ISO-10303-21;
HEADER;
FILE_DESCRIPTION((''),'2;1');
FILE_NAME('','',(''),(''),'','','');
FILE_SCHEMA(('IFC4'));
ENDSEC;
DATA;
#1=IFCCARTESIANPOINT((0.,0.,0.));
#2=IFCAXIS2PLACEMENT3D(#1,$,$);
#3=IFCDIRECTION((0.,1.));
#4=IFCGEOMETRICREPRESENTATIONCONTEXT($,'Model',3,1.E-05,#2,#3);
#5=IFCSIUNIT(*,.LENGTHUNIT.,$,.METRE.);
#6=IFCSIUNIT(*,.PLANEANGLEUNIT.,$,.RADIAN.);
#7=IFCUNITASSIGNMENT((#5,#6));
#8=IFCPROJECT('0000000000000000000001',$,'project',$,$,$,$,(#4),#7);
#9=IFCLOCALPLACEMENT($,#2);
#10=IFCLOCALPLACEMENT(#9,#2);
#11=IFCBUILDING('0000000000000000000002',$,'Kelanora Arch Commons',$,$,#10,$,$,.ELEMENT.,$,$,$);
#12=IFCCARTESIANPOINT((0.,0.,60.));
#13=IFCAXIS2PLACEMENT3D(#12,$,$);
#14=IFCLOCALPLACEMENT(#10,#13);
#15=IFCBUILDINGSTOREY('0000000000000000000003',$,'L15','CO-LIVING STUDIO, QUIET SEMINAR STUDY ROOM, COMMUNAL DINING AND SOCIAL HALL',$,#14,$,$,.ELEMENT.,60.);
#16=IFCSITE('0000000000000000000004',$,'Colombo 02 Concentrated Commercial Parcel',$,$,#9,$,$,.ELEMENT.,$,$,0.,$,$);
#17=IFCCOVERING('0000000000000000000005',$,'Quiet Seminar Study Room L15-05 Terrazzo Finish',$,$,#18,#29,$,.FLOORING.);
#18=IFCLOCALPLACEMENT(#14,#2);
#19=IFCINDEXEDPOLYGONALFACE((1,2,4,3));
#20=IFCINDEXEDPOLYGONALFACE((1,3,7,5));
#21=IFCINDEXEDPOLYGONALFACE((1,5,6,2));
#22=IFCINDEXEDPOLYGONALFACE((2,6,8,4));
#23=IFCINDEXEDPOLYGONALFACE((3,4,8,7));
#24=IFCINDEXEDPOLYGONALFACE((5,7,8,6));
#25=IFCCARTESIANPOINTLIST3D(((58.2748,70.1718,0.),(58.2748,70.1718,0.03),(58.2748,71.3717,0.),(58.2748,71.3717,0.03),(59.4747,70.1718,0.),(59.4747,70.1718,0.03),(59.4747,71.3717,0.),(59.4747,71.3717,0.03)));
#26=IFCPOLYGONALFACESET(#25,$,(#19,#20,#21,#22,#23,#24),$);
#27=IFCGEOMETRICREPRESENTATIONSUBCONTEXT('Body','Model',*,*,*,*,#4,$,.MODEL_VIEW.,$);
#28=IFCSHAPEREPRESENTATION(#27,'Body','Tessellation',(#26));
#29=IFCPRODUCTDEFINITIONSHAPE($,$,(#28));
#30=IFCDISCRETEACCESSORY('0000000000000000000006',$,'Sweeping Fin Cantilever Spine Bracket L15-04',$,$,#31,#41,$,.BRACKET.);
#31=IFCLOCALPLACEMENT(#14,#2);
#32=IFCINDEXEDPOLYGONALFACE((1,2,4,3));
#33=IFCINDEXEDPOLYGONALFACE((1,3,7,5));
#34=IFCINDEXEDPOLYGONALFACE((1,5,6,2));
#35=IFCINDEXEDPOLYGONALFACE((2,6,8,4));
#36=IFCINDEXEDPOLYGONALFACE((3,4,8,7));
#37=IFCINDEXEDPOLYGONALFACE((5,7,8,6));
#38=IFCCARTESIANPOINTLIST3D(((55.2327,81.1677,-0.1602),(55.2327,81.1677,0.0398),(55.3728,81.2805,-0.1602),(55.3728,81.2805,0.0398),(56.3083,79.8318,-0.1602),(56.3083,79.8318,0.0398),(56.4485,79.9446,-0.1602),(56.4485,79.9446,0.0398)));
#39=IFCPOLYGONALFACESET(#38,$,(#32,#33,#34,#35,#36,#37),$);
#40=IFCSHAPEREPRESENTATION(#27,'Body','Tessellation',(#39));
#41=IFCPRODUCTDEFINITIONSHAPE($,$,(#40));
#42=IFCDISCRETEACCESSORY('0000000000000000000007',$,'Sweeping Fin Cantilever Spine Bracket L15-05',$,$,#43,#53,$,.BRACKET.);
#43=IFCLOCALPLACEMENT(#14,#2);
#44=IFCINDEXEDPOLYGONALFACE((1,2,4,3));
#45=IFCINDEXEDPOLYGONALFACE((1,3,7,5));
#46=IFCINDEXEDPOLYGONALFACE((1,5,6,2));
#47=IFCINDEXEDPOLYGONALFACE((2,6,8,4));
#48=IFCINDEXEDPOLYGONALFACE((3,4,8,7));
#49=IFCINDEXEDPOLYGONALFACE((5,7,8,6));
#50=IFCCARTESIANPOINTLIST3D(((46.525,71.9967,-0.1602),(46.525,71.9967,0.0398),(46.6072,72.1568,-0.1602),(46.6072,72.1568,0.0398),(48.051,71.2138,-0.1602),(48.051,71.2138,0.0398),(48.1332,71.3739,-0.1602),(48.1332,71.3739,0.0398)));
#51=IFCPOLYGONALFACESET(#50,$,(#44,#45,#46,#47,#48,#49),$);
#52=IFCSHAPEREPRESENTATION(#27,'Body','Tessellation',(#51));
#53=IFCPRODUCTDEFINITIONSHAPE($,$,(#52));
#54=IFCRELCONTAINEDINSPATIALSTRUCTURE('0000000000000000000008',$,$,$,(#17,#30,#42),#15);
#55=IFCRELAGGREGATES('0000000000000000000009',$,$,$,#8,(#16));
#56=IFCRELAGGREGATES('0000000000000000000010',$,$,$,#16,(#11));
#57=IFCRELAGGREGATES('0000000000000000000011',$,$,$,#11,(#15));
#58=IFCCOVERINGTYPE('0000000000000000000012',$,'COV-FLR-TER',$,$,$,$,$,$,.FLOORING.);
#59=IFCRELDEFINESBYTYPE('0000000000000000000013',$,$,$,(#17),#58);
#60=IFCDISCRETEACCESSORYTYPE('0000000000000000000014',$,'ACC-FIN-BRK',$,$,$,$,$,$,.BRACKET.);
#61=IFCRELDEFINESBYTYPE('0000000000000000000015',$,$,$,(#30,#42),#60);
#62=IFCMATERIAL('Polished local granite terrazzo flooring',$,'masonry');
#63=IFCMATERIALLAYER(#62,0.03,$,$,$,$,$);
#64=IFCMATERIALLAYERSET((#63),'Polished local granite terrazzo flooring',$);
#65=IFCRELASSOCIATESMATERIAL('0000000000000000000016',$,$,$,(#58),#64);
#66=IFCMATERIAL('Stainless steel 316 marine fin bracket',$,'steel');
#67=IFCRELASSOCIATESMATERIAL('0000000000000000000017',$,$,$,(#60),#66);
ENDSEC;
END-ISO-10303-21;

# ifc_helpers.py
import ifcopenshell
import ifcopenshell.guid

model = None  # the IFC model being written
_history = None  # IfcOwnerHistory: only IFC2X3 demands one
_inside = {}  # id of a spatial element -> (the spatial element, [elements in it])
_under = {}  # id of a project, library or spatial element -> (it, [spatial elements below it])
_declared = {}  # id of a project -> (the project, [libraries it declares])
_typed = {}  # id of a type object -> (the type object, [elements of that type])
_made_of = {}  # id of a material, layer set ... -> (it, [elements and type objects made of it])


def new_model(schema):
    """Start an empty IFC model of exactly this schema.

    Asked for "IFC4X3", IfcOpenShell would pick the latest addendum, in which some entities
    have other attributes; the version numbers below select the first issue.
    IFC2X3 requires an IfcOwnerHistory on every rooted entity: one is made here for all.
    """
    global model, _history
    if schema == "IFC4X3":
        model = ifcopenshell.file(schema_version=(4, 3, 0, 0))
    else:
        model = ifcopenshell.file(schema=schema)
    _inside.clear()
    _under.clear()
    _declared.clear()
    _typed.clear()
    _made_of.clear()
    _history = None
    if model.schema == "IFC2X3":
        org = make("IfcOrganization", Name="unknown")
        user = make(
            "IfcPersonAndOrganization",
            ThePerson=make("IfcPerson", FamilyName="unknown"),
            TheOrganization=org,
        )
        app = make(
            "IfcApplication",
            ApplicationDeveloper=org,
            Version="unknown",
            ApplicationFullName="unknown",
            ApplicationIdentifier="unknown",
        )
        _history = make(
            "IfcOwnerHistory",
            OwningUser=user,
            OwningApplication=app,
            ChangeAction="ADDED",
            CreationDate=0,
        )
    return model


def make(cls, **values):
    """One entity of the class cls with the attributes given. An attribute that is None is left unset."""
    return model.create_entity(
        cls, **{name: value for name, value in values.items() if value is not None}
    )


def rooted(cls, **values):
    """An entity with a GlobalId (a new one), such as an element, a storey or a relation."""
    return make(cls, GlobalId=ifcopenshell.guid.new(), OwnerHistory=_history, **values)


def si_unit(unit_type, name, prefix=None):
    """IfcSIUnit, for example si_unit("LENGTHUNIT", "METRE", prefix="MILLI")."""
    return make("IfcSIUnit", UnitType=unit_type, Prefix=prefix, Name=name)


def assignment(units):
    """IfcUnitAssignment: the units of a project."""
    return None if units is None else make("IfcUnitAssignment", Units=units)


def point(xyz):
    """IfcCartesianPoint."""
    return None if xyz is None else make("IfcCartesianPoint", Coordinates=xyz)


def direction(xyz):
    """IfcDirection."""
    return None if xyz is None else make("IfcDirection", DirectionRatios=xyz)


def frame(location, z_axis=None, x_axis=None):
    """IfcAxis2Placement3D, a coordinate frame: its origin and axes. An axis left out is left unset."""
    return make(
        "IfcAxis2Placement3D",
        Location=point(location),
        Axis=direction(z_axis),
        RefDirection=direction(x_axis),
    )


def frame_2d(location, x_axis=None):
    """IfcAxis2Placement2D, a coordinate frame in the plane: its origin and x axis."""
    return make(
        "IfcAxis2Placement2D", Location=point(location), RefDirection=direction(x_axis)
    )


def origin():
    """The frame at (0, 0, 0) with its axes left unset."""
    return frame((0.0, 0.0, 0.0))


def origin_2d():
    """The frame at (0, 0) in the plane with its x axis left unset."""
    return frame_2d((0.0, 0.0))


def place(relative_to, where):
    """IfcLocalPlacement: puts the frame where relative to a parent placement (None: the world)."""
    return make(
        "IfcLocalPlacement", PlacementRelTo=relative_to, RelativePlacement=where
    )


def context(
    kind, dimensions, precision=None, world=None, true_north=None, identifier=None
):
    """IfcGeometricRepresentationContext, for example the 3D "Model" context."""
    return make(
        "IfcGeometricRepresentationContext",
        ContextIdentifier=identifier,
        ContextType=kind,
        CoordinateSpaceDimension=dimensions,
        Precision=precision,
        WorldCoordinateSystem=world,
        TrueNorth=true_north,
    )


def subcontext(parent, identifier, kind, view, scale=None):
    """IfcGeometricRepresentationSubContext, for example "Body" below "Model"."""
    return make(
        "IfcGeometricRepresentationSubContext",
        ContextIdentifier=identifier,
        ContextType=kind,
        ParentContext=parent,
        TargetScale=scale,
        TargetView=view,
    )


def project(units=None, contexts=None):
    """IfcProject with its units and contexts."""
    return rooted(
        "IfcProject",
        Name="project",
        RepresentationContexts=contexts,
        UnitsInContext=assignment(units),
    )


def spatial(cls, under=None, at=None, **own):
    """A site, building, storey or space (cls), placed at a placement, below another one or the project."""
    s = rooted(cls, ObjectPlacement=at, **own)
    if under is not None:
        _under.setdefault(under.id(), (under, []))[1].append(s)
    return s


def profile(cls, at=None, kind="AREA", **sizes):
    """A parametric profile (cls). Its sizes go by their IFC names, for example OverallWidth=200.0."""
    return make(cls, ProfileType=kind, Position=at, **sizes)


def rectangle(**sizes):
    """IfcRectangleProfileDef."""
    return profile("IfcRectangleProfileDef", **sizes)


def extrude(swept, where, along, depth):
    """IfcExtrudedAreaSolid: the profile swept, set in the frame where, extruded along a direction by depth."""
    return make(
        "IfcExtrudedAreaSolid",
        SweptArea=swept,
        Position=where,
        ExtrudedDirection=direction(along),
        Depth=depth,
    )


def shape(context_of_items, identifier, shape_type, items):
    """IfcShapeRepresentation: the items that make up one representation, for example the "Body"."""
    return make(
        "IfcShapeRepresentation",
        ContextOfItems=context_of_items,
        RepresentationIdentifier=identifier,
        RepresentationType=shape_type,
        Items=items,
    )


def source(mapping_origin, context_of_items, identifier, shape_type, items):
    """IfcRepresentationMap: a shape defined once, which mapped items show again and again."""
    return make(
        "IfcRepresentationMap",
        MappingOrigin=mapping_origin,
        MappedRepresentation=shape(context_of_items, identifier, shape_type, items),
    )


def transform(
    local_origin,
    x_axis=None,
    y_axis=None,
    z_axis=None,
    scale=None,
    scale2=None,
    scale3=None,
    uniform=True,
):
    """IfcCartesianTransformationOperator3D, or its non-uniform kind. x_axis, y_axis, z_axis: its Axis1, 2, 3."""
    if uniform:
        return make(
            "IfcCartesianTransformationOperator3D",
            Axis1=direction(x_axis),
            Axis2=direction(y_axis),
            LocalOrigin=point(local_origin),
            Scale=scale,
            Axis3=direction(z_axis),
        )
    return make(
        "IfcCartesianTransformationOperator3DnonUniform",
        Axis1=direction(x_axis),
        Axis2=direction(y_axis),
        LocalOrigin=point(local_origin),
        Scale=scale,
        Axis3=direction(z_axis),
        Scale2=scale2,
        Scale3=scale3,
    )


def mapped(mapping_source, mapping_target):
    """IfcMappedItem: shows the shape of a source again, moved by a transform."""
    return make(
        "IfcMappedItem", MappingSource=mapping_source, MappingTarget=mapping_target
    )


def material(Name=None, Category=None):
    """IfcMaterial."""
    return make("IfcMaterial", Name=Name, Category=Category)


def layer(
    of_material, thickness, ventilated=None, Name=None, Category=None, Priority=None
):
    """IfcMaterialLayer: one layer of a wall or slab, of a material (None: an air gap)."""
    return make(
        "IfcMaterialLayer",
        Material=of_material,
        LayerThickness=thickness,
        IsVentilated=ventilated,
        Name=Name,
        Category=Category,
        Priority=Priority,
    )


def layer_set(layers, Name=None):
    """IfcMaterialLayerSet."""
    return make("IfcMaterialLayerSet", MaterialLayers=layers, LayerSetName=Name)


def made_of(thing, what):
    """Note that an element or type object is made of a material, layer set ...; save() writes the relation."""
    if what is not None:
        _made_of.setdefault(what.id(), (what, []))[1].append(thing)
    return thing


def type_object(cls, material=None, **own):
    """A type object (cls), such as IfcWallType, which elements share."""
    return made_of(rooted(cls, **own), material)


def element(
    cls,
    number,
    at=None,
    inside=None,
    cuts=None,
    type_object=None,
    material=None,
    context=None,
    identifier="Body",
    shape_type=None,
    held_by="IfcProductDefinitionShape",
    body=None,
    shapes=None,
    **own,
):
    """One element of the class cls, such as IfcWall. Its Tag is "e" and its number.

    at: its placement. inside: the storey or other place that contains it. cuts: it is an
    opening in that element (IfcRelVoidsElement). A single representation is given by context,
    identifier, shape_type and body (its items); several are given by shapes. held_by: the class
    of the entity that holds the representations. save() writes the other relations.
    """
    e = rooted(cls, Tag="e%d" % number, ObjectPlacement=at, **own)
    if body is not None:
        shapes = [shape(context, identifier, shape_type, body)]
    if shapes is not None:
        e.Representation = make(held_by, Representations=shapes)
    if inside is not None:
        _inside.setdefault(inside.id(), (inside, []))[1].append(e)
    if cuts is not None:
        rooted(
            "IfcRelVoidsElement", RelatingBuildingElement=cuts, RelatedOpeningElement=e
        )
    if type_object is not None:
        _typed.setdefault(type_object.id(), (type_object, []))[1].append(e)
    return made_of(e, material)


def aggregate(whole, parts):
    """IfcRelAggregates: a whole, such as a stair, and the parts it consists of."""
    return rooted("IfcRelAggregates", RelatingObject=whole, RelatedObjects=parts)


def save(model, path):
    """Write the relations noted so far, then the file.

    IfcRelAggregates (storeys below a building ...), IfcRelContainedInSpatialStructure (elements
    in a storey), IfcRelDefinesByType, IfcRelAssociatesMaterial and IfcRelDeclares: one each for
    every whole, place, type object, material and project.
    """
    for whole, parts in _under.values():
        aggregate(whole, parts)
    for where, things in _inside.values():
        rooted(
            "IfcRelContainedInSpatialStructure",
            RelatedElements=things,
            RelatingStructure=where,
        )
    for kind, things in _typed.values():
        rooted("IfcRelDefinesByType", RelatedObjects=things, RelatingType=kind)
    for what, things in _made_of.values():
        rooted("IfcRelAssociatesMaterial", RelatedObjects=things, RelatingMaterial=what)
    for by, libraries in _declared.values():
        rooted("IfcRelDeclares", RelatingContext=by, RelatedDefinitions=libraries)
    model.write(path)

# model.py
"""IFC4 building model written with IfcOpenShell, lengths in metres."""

from ifc_helpers import new_model, si_unit, direction, frame, origin, origin_2d, place, context, subcontext, project, spatial, rectangle, extrude, source, transform, mapped, material, layer, layer_set, type_object, element, save


model = new_model("IFC4")

# Units and contexts
model_context = context("Model", 3, precision=1e-05, world=origin(), true_north=direction((0.0, 1.0)))
body_context = subcontext(model_context, "Body", "Model", "MODEL_VIEW")
ifc_project = project(units=[si_unit("LENGTHUNIT", "METRE"), si_unit("PLANEANGLEUNIT", "RADIAN")], contexts=[model_context])

# Site, building, storey
site_placement = place(None, origin())
site = spatial("IfcSite", under=ifc_project, at=site_placement, Name="Colombo 02 Concentrated Commercial Parcel", CompositionType="ELEMENT", RefElevation=0.0)
building_placement = place(site_placement, origin())
building = spatial("IfcBuilding", under=site, at=building_placement, Name="Kelanora Arch Commons", CompositionType="ELEMENT")
storey_placement = place(building_placement, frame((0.0, 0.0, 60.0)))
storey = spatial("IfcBuildingStorey", under=building, at=storey_placement, Name="L15", Description="CO-LIVING STUDIO, QUIET SEMINAR STUDY ROOM, COMMUNAL DINING AND SOCIAL HALL", CompositionType="ELEMENT", Elevation=60.0)

# Covering
ifc_material_1 = material(Name="Polished local granite terrazzo flooring", Category="masonry")
ifc_layer_1 = layer(ifc_material_1, 0.03)
ifc_layer_set_1 = layer_set([ifc_layer_1], Name="Polished local granite terrazzo flooring")
covering_type = type_object("IfcCoveringType", Name="COV-FLR-TER", PredefinedType="FLOORING", material=ifc_layer_set_1)
shared_shape_1 = source(origin(), body_context, "Body", "SweptSolid", [
    extrude(rectangle(XDim=1.2, YDim=1.2, at=origin_2d()), origin(), (0.0, 0.0, 1.0), 0.03),
])
covering_placement = place(storey_placement, frame((58.8748, 70.7717, 0.0), z_axis=(0.0, 0.0, 1.0), x_axis=(1.0, 0.0, 0.0)))
element("IfcCovering", 1, at=covering_placement, inside=storey, type_object=covering_type, Name="Quiet Seminar Study Room L15-05 Terrazzo Finish", PredefinedType="FLOORING", context=body_context, shape_type="MappedRepresentation", body=[
    mapped(shared_shape_1, transform((0.0, 0.0, 0.0), scale=1.0)),
])

# Discrete accessories
ifc_material_2 = material(Name="Stainless steel 316 marine fin bracket", Category="steel")
discrete_accessory_type = type_object("IfcDiscreteAccessoryType", Name="ACC-FIN-BRK", PredefinedType="BRACKET", material=ifc_material_2)
shared_shape_2 = source(origin(), body_context, "Body", "SweptSolid", [
    extrude(rectangle(XDim=1.7151, YDim=0.1799, at=origin_2d()), origin(), (0.0, 0.0, 1.0), 0.2),
])
for number, where, z_axis, x_axis, name in (
    (2, (55.8406, 80.5562, -0.1602), (0.0, 0.0, 1.0), (-0.627148, 0.7789, 0.0), "Sweeping Fin Cantilever Spine Bracket L15-04"),
    (3, (47.3291, 71.6853, -0.1602), (0.0, 0.0, 1.0), (-0.889735, 0.456477, 0.0), "Sweeping Fin Cantilever Spine Bracket L15-05"),
):
    element("IfcDiscreteAccessory", number, at=place(storey_placement, frame(where, z_axis=z_axis, x_axis=x_axis)), inside=storey, type_object=discrete_accessory_type, Name=name, PredefinedType="BRACKET", context=body_context, shape_type="MappedRepresentation", body=[
        mapped(shared_shape_2, transform((0.0, 0.0, 0.0), scale=1.0)),
    ])

save(model, "model.ifc")
